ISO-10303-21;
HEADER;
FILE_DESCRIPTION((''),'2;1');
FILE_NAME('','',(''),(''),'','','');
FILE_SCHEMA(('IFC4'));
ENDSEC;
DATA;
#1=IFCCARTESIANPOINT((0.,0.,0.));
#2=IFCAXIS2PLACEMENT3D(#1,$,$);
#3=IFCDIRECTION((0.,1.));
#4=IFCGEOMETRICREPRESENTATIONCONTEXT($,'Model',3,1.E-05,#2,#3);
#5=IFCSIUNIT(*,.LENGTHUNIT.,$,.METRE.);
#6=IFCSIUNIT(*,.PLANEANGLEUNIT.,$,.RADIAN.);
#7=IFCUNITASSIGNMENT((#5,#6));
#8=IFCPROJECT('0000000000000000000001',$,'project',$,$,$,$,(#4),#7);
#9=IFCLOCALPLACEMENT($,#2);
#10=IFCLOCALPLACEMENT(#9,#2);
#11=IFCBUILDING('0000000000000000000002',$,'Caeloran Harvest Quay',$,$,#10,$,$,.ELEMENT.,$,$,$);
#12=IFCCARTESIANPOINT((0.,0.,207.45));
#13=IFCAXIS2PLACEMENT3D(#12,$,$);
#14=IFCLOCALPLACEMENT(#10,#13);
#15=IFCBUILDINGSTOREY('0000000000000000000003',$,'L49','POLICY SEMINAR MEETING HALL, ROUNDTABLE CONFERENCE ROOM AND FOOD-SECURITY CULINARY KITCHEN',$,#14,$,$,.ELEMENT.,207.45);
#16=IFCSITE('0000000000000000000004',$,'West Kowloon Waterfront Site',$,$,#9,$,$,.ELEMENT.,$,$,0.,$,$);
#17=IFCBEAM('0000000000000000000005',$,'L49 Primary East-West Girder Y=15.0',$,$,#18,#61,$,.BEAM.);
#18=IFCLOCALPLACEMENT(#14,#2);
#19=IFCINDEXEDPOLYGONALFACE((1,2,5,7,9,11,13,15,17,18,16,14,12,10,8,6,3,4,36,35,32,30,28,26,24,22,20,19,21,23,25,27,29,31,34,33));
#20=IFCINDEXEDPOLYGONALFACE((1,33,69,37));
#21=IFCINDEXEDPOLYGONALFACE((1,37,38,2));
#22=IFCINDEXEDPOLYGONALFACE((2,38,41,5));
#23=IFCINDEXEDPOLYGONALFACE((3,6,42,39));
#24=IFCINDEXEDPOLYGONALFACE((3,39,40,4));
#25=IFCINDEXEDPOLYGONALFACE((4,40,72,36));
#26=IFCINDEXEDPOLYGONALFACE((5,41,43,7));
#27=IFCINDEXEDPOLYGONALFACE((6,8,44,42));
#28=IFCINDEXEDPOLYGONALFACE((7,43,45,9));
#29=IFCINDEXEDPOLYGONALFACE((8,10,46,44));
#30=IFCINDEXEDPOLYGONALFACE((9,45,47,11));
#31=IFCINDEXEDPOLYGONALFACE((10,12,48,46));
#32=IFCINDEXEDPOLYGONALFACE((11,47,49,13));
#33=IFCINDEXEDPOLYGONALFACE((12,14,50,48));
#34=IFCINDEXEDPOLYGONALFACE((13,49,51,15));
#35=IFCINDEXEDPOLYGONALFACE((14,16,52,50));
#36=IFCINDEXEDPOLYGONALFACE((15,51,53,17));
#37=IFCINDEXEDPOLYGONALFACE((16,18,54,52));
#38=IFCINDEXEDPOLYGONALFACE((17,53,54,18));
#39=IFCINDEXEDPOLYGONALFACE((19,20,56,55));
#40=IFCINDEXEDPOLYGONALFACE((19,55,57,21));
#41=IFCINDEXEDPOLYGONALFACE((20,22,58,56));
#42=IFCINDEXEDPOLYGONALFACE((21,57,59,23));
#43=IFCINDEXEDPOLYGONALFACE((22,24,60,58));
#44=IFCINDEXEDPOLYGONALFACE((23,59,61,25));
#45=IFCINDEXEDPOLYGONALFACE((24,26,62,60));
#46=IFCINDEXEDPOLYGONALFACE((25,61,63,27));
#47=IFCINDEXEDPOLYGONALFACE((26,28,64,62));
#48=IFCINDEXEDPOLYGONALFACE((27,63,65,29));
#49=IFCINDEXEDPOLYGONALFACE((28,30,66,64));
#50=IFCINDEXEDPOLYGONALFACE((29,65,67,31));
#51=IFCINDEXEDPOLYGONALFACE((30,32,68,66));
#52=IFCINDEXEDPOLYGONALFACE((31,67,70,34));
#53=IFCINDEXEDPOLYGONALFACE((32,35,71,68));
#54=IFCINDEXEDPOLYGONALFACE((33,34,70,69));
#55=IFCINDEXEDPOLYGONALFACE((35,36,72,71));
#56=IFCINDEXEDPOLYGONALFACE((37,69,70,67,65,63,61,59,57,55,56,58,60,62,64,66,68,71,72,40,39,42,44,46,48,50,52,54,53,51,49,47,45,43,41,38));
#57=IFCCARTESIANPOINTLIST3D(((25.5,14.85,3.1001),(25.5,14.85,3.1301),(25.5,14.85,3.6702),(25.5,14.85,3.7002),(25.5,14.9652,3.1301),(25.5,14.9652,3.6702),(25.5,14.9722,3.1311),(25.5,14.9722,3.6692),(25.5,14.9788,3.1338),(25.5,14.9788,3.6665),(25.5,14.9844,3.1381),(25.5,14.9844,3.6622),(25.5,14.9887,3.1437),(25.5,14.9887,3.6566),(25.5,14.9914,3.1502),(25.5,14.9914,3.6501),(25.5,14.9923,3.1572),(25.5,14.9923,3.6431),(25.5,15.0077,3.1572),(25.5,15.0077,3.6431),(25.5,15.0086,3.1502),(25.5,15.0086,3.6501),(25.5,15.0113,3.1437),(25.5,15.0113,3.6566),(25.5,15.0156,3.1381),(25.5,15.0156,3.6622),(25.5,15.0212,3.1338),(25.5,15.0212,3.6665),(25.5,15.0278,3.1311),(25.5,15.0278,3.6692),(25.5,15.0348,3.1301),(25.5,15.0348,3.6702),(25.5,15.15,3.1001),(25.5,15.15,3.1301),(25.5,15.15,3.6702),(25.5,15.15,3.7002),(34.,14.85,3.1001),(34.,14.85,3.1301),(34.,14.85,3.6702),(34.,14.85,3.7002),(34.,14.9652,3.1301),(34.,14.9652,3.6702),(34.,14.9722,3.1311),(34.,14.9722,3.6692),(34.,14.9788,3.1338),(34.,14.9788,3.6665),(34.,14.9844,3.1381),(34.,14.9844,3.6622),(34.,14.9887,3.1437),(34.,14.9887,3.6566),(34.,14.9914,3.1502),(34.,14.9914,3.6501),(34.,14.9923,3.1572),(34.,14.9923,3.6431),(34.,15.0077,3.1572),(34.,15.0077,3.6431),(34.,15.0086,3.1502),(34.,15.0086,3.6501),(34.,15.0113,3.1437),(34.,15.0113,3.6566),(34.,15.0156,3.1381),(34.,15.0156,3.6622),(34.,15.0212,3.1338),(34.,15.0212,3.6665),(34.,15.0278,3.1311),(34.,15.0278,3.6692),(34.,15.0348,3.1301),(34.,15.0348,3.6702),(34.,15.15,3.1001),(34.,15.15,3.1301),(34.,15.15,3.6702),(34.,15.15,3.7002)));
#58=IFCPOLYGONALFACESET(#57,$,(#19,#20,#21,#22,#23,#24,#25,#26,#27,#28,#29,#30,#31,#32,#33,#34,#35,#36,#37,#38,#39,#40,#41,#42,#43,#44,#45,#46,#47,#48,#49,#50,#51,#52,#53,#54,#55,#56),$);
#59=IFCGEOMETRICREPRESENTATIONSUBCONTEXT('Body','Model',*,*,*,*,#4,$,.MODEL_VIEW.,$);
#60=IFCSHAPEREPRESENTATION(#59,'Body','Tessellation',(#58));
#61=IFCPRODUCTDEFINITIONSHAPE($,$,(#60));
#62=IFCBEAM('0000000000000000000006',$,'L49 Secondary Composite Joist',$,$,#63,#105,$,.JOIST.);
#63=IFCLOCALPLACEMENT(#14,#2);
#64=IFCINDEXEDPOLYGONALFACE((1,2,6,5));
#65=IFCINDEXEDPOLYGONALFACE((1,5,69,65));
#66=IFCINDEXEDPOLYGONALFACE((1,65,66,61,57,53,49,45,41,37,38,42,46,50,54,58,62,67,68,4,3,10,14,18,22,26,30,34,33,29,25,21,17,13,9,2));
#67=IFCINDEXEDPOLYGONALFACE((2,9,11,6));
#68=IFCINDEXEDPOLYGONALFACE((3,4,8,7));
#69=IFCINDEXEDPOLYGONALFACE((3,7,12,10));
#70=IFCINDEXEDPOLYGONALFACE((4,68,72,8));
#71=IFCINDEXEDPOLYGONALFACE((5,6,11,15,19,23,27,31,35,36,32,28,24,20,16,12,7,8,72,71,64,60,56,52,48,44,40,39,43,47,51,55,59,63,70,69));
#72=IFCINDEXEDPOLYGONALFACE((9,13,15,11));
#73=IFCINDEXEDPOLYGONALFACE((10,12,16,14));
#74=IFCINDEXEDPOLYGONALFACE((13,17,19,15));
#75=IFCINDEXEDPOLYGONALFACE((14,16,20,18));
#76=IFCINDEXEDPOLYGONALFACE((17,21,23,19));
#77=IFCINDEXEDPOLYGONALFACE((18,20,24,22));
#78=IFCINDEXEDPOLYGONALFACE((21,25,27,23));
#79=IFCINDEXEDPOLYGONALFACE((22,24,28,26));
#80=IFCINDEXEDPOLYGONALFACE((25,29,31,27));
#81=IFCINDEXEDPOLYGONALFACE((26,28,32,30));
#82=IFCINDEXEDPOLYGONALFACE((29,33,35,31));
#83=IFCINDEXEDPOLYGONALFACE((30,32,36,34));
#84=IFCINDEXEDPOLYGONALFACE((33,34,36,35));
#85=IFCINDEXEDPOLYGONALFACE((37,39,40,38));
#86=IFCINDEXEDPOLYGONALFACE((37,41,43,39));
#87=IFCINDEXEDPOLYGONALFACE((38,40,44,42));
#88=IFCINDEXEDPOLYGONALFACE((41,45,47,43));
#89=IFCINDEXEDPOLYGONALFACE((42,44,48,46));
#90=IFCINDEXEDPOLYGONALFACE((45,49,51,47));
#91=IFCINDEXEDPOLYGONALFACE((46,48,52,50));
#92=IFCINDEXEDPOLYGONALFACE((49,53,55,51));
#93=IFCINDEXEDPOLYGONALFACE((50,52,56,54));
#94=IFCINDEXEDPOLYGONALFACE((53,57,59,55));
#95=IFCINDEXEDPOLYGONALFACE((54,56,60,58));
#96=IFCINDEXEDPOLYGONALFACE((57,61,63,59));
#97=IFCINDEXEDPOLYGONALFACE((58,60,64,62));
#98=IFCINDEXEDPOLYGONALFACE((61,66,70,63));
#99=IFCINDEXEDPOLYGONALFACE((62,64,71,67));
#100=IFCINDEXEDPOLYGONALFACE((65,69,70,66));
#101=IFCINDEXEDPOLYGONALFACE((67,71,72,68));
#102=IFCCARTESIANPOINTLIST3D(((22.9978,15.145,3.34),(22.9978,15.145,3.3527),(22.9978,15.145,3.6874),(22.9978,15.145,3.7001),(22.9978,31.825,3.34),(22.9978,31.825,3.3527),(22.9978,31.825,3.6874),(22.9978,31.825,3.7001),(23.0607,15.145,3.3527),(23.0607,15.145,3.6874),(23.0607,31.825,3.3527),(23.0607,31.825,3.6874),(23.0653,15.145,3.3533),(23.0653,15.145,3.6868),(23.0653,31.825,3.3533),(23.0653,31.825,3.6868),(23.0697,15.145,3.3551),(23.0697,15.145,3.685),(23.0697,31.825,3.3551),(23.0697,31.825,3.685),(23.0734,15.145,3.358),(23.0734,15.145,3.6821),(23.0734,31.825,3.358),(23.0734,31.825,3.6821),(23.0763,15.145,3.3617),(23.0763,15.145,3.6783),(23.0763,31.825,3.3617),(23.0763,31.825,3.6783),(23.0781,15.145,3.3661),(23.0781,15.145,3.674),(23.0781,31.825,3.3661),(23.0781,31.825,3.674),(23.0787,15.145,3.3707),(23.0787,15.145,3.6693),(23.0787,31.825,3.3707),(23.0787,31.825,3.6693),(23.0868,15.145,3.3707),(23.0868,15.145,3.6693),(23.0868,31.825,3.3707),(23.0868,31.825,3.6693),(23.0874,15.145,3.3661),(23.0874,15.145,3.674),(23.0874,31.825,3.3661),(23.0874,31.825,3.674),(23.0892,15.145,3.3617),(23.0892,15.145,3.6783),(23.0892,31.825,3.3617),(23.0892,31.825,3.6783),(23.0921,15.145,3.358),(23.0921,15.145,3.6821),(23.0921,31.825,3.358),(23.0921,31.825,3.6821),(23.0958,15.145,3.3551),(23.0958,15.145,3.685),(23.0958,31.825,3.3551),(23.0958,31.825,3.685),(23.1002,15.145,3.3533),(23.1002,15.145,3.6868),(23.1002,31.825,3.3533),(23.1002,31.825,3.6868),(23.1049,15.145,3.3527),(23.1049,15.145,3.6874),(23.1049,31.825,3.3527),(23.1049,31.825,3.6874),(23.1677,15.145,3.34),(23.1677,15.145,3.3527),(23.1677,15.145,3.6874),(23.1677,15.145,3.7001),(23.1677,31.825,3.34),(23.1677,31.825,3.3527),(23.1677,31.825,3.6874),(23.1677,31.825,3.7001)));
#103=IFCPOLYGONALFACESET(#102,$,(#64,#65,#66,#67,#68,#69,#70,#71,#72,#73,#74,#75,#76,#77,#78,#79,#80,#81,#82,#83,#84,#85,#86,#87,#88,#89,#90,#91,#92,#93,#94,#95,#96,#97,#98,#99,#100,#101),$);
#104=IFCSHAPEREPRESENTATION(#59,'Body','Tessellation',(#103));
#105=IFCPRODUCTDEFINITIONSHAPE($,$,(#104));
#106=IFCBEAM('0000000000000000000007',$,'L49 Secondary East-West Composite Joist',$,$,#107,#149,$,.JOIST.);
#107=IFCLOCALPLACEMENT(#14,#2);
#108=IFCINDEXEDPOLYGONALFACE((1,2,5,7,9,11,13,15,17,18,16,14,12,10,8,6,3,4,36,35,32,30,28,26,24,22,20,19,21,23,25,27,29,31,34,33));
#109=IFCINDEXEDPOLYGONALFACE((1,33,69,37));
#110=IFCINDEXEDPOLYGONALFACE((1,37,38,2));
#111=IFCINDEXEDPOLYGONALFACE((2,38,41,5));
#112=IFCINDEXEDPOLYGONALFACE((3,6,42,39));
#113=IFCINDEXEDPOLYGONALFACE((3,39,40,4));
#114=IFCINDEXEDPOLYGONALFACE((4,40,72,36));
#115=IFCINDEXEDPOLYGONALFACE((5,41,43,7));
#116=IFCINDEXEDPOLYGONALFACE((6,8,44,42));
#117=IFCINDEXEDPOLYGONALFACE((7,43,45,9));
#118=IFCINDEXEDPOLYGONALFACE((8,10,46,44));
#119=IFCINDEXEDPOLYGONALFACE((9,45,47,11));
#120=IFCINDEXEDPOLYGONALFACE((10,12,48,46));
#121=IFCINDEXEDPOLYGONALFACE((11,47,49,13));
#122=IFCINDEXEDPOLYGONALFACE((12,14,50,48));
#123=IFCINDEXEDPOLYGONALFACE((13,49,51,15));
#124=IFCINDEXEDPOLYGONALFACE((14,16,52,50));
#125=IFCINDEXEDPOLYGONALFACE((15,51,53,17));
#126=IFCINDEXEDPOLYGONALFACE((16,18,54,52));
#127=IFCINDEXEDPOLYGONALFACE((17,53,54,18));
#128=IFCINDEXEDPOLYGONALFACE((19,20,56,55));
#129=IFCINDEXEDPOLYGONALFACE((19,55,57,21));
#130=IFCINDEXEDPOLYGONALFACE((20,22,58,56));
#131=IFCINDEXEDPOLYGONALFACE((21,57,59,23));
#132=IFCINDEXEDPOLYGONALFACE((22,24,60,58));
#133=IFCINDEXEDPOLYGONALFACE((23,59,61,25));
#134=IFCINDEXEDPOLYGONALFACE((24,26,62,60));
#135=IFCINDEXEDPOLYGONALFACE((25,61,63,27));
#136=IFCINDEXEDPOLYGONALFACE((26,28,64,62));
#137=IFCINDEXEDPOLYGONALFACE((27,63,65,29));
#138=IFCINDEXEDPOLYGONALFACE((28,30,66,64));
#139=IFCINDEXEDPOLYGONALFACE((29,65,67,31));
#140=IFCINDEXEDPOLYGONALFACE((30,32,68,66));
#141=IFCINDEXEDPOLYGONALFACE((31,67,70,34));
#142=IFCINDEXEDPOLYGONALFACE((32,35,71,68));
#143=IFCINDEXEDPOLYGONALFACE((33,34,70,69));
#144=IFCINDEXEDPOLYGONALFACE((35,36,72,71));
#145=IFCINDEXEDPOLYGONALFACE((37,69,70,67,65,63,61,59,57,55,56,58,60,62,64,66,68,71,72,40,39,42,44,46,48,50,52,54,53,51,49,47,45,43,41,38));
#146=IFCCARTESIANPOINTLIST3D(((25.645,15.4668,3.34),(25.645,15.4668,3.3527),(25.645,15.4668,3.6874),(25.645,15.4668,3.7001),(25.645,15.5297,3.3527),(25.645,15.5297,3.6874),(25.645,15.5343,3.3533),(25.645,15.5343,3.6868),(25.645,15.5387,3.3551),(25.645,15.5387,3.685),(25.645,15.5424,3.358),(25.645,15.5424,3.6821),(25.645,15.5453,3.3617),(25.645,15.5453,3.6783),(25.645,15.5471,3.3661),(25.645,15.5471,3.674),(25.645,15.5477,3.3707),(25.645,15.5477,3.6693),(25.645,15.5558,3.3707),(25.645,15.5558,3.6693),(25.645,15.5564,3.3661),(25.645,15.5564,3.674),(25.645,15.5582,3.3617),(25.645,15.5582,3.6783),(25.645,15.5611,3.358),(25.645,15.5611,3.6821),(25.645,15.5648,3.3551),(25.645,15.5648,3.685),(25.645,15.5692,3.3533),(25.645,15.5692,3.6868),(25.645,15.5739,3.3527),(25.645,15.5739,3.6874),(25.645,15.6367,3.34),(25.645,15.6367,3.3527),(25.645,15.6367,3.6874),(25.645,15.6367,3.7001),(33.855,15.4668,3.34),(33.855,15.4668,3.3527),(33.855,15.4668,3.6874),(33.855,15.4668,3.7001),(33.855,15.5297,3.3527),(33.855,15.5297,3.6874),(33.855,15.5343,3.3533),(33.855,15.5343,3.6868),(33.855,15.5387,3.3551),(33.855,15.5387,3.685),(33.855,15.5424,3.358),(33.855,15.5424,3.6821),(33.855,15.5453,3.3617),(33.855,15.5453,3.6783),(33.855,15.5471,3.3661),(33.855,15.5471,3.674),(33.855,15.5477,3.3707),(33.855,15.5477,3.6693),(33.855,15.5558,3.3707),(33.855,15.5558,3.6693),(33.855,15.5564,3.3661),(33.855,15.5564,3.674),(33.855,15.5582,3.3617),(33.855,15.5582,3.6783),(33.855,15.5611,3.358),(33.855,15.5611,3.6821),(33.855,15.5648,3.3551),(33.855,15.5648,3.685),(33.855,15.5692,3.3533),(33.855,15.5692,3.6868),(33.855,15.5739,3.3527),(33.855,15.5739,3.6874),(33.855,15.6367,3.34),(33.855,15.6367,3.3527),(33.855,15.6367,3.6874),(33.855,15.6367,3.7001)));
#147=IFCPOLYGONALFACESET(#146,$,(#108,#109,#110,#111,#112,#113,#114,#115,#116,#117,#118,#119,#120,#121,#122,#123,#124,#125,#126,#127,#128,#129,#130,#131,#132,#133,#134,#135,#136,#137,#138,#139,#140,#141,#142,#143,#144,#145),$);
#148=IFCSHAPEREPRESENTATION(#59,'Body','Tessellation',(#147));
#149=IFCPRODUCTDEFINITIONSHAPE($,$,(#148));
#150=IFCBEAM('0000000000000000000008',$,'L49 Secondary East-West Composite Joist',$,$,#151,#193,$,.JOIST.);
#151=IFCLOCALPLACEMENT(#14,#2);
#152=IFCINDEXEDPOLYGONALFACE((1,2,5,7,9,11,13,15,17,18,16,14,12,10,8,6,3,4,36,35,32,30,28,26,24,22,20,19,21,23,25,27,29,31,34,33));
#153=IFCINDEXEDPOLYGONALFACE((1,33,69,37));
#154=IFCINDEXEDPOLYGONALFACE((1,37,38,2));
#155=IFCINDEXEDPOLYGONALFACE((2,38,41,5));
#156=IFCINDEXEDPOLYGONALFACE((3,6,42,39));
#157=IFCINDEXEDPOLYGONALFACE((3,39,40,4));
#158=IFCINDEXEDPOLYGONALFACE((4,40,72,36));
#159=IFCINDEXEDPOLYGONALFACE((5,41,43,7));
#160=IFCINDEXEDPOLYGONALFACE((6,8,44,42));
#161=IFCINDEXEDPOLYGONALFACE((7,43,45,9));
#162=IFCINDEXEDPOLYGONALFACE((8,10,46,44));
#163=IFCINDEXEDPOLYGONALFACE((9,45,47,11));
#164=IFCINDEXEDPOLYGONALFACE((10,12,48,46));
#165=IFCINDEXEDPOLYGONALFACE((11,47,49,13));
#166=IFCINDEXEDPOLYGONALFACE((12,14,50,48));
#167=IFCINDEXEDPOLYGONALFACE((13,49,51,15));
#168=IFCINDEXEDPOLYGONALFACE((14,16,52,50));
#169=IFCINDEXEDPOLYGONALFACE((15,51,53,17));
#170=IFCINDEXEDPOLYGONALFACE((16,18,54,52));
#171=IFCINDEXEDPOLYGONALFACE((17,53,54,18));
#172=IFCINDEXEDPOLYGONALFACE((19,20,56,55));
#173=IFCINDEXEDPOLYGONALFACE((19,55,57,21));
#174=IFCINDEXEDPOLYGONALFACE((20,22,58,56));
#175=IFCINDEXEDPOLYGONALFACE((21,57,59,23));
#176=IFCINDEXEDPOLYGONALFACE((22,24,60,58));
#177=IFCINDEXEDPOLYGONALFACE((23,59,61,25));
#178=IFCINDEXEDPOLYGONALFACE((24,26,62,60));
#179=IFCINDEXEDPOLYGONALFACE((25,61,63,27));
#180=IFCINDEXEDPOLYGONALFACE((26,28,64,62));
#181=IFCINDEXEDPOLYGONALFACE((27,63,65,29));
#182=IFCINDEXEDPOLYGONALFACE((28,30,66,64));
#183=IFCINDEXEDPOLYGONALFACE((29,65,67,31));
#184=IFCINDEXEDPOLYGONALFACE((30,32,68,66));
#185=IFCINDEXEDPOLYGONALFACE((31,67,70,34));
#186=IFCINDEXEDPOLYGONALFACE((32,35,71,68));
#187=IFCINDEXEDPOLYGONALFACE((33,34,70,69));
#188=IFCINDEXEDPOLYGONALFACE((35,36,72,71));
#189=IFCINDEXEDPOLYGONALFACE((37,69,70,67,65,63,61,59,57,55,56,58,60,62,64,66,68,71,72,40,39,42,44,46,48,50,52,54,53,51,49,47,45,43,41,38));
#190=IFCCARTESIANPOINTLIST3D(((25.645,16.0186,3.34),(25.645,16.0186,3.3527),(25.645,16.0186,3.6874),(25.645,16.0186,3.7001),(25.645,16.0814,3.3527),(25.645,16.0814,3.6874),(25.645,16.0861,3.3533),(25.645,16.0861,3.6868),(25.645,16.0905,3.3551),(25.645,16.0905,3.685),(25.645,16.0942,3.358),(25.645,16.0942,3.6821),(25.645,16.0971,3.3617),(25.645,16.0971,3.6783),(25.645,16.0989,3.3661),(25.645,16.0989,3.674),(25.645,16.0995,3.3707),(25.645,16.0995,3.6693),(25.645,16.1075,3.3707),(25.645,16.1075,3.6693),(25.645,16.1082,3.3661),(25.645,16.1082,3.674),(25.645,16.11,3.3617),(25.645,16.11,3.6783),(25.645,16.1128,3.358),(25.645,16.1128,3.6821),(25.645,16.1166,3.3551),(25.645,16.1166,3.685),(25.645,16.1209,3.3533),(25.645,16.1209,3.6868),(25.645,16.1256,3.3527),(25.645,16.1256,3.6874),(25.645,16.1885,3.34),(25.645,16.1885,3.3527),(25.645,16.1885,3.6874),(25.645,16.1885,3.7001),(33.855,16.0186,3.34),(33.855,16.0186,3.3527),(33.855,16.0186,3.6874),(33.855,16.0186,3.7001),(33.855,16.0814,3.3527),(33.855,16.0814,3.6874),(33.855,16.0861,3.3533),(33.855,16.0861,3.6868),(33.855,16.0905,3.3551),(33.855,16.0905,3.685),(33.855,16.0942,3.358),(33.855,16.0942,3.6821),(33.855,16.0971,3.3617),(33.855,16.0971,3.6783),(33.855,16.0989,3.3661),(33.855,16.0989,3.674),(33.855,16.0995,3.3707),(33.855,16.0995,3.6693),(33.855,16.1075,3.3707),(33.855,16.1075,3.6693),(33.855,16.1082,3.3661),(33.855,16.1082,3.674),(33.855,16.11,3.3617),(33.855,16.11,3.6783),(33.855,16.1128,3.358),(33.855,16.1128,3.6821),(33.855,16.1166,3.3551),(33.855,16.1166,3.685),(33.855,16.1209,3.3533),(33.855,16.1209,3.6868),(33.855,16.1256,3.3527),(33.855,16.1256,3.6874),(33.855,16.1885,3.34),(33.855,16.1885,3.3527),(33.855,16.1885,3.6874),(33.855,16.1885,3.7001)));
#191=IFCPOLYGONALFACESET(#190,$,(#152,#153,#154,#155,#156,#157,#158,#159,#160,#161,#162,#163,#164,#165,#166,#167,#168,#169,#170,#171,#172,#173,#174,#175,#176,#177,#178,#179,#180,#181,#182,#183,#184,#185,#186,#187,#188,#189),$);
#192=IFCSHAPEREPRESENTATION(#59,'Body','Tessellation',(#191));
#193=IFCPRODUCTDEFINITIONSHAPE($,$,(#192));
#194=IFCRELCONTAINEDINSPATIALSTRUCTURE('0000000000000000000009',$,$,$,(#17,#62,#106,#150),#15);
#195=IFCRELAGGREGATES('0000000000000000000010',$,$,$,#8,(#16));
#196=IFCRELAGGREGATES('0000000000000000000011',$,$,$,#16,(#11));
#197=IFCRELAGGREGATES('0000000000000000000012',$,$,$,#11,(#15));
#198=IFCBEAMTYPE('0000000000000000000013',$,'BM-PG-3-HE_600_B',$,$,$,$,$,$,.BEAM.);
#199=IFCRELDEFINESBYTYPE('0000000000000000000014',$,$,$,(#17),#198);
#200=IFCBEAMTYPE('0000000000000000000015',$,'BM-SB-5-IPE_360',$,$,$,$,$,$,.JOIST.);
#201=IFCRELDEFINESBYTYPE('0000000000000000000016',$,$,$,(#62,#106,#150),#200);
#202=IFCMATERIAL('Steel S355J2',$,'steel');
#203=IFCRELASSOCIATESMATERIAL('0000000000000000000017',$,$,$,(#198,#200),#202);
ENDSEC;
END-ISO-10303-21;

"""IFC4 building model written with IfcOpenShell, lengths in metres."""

from ifc_helpers import new_model, si_unit, direction, frame, origin, origin_2d, place, context, subcontext, project, spatial, i_section, extrude, material, material_profile, profile_set, type_object, element, save


model = new_model("IFC4")

# Units and contexts
model_context = context("Model", 3, precision=1e-05, world=origin(), true_north=direction((0.0, 1.0)))
body_context = subcontext(model_context, "Body", "Model", "MODEL_VIEW")
ifc_project = project(units=[si_unit("LENGTHUNIT", "METRE"), si_unit("PLANEANGLEUNIT", "RADIAN")], contexts=[model_context])

# Site, building, storey
site_placement = place(None, origin())
site = spatial("IfcSite", under=ifc_project, at=site_placement, Name="West Kowloon Waterfront Site", CompositionType="ELEMENT", RefElevation=0.0)
building_placement = place(site_placement, origin())
building = spatial("IfcBuilding", under=site, at=building_placement, Name="Caeloran Harvest Quay", CompositionType="ELEMENT")
storey_placement = place(building_placement, frame((0.0, 0.0, 207.45)))
storey = spatial("IfcBuildingStorey", under=building, at=storey_placement, Name="L49", Description="POLICY SEMINAR MEETING HALL, ROUNDTABLE CONFERENCE ROOM AND FOOD-SECURITY CULINARY KITCHEN", CompositionType="ELEMENT", Elevation=207.45)

# Beams
ifc_material_1 = material(Name="Steel S355J2", Category="steel")
ifc_material_profile_1 = material_profile(ifc_material_1, i_section(OverallWidth=0.3, OverallDepth=0.6001, WebThickness=0.0154, FlangeThickness=0.03, FilletRadius=0.0271, at=origin_2d()), Name="HE 600 B")
ifc_profile_set_1 = profile_set([ifc_material_profile_1], Name="Steel S355J2")
beam_type_1 = type_object("IfcBeamType", Name="BM-PG-3-HE_600_B", PredefinedType="BEAM", material=ifc_profile_set_1)
beam_1_placement = place(storey_placement, frame((25.5, 15.0, 3.4001), z_axis=(1.0, 0.0, 0.0), x_axis=(0.0, 1.0, 0.0)))
element("IfcBeam", 1, at=beam_1_placement, inside=storey, type_object=beam_type_1, Name="L49 Primary East-West Girder Y=15.0", PredefinedType="BEAM", context=body_context, shape_type="SweptSolid", body=[
    extrude(i_section(OverallWidth=0.3, OverallDepth=0.6001, WebThickness=0.0154, FlangeThickness=0.03, FilletRadius=0.0271, at=origin_2d()), origin(), (0.0, 0.0, 1.0), 8.5),
])
ifc_material_profile_2 = material_profile(ifc_material_1, i_section(OverallWidth=0.1699, OverallDepth=0.3601, WebThickness=0.0081, FlangeThickness=0.0127, FilletRadius=0.0181, at=origin_2d()), Name="IPE 360")
ifc_profile_set_2 = profile_set([ifc_material_profile_2], Name="Steel S355J2")
beam_type_2 = type_object("IfcBeamType", Name="BM-SB-5-IPE_360", PredefinedType="JOIST", material=ifc_profile_set_2)
beam_2_placement = place(storey_placement, frame((23.0828, 15.145, 3.52), z_axis=(0.0, 1.0, 0.0), x_axis=(-1.0, 0.0, 0.0)))
element("IfcBeam", 2, at=beam_2_placement, inside=storey, type_object=beam_type_2, Name="L49 Secondary Composite Joist", PredefinedType="JOIST", context=body_context, shape_type="SweptSolid", body=[
    extrude(i_section(OverallWidth=0.1699, OverallDepth=0.3601, WebThickness=0.0081, FlangeThickness=0.0127, FilletRadius=0.0181, at=origin_2d()), origin(), (0.0, 0.0, 1.0), 16.6799),
])
for number, where, z_axis, x_axis, name in (
    (3, (25.645, 15.5518, 3.52), (1.0, 0.0, 0.0), (0.0, 1.0, 0.0), "L49 Secondary East-West Composite Joist"),
    (4, (25.645, 16.1035, 3.52), (1.0, 0.0, 0.0), (0.0, 1.0, 0.0), "L49 Secondary East-West Composite Joist"),
):
    element("IfcBeam", number, at=place(storey_placement, frame(where, z_axis=z_axis, x_axis=x_axis)), inside=storey, type_object=beam_type_2, Name=name, PredefinedType="JOIST", context=body_context, shape_type="SweptSolid", body=[
        extrude(i_section(OverallWidth=0.1699, OverallDepth=0.3601, WebThickness=0.0081, FlangeThickness=0.0127, FilletRadius=0.0181, at=origin_2d()), origin(), (0.0, 0.0, 1.0), 8.21),
    ])

save(model, "model.ifc")
